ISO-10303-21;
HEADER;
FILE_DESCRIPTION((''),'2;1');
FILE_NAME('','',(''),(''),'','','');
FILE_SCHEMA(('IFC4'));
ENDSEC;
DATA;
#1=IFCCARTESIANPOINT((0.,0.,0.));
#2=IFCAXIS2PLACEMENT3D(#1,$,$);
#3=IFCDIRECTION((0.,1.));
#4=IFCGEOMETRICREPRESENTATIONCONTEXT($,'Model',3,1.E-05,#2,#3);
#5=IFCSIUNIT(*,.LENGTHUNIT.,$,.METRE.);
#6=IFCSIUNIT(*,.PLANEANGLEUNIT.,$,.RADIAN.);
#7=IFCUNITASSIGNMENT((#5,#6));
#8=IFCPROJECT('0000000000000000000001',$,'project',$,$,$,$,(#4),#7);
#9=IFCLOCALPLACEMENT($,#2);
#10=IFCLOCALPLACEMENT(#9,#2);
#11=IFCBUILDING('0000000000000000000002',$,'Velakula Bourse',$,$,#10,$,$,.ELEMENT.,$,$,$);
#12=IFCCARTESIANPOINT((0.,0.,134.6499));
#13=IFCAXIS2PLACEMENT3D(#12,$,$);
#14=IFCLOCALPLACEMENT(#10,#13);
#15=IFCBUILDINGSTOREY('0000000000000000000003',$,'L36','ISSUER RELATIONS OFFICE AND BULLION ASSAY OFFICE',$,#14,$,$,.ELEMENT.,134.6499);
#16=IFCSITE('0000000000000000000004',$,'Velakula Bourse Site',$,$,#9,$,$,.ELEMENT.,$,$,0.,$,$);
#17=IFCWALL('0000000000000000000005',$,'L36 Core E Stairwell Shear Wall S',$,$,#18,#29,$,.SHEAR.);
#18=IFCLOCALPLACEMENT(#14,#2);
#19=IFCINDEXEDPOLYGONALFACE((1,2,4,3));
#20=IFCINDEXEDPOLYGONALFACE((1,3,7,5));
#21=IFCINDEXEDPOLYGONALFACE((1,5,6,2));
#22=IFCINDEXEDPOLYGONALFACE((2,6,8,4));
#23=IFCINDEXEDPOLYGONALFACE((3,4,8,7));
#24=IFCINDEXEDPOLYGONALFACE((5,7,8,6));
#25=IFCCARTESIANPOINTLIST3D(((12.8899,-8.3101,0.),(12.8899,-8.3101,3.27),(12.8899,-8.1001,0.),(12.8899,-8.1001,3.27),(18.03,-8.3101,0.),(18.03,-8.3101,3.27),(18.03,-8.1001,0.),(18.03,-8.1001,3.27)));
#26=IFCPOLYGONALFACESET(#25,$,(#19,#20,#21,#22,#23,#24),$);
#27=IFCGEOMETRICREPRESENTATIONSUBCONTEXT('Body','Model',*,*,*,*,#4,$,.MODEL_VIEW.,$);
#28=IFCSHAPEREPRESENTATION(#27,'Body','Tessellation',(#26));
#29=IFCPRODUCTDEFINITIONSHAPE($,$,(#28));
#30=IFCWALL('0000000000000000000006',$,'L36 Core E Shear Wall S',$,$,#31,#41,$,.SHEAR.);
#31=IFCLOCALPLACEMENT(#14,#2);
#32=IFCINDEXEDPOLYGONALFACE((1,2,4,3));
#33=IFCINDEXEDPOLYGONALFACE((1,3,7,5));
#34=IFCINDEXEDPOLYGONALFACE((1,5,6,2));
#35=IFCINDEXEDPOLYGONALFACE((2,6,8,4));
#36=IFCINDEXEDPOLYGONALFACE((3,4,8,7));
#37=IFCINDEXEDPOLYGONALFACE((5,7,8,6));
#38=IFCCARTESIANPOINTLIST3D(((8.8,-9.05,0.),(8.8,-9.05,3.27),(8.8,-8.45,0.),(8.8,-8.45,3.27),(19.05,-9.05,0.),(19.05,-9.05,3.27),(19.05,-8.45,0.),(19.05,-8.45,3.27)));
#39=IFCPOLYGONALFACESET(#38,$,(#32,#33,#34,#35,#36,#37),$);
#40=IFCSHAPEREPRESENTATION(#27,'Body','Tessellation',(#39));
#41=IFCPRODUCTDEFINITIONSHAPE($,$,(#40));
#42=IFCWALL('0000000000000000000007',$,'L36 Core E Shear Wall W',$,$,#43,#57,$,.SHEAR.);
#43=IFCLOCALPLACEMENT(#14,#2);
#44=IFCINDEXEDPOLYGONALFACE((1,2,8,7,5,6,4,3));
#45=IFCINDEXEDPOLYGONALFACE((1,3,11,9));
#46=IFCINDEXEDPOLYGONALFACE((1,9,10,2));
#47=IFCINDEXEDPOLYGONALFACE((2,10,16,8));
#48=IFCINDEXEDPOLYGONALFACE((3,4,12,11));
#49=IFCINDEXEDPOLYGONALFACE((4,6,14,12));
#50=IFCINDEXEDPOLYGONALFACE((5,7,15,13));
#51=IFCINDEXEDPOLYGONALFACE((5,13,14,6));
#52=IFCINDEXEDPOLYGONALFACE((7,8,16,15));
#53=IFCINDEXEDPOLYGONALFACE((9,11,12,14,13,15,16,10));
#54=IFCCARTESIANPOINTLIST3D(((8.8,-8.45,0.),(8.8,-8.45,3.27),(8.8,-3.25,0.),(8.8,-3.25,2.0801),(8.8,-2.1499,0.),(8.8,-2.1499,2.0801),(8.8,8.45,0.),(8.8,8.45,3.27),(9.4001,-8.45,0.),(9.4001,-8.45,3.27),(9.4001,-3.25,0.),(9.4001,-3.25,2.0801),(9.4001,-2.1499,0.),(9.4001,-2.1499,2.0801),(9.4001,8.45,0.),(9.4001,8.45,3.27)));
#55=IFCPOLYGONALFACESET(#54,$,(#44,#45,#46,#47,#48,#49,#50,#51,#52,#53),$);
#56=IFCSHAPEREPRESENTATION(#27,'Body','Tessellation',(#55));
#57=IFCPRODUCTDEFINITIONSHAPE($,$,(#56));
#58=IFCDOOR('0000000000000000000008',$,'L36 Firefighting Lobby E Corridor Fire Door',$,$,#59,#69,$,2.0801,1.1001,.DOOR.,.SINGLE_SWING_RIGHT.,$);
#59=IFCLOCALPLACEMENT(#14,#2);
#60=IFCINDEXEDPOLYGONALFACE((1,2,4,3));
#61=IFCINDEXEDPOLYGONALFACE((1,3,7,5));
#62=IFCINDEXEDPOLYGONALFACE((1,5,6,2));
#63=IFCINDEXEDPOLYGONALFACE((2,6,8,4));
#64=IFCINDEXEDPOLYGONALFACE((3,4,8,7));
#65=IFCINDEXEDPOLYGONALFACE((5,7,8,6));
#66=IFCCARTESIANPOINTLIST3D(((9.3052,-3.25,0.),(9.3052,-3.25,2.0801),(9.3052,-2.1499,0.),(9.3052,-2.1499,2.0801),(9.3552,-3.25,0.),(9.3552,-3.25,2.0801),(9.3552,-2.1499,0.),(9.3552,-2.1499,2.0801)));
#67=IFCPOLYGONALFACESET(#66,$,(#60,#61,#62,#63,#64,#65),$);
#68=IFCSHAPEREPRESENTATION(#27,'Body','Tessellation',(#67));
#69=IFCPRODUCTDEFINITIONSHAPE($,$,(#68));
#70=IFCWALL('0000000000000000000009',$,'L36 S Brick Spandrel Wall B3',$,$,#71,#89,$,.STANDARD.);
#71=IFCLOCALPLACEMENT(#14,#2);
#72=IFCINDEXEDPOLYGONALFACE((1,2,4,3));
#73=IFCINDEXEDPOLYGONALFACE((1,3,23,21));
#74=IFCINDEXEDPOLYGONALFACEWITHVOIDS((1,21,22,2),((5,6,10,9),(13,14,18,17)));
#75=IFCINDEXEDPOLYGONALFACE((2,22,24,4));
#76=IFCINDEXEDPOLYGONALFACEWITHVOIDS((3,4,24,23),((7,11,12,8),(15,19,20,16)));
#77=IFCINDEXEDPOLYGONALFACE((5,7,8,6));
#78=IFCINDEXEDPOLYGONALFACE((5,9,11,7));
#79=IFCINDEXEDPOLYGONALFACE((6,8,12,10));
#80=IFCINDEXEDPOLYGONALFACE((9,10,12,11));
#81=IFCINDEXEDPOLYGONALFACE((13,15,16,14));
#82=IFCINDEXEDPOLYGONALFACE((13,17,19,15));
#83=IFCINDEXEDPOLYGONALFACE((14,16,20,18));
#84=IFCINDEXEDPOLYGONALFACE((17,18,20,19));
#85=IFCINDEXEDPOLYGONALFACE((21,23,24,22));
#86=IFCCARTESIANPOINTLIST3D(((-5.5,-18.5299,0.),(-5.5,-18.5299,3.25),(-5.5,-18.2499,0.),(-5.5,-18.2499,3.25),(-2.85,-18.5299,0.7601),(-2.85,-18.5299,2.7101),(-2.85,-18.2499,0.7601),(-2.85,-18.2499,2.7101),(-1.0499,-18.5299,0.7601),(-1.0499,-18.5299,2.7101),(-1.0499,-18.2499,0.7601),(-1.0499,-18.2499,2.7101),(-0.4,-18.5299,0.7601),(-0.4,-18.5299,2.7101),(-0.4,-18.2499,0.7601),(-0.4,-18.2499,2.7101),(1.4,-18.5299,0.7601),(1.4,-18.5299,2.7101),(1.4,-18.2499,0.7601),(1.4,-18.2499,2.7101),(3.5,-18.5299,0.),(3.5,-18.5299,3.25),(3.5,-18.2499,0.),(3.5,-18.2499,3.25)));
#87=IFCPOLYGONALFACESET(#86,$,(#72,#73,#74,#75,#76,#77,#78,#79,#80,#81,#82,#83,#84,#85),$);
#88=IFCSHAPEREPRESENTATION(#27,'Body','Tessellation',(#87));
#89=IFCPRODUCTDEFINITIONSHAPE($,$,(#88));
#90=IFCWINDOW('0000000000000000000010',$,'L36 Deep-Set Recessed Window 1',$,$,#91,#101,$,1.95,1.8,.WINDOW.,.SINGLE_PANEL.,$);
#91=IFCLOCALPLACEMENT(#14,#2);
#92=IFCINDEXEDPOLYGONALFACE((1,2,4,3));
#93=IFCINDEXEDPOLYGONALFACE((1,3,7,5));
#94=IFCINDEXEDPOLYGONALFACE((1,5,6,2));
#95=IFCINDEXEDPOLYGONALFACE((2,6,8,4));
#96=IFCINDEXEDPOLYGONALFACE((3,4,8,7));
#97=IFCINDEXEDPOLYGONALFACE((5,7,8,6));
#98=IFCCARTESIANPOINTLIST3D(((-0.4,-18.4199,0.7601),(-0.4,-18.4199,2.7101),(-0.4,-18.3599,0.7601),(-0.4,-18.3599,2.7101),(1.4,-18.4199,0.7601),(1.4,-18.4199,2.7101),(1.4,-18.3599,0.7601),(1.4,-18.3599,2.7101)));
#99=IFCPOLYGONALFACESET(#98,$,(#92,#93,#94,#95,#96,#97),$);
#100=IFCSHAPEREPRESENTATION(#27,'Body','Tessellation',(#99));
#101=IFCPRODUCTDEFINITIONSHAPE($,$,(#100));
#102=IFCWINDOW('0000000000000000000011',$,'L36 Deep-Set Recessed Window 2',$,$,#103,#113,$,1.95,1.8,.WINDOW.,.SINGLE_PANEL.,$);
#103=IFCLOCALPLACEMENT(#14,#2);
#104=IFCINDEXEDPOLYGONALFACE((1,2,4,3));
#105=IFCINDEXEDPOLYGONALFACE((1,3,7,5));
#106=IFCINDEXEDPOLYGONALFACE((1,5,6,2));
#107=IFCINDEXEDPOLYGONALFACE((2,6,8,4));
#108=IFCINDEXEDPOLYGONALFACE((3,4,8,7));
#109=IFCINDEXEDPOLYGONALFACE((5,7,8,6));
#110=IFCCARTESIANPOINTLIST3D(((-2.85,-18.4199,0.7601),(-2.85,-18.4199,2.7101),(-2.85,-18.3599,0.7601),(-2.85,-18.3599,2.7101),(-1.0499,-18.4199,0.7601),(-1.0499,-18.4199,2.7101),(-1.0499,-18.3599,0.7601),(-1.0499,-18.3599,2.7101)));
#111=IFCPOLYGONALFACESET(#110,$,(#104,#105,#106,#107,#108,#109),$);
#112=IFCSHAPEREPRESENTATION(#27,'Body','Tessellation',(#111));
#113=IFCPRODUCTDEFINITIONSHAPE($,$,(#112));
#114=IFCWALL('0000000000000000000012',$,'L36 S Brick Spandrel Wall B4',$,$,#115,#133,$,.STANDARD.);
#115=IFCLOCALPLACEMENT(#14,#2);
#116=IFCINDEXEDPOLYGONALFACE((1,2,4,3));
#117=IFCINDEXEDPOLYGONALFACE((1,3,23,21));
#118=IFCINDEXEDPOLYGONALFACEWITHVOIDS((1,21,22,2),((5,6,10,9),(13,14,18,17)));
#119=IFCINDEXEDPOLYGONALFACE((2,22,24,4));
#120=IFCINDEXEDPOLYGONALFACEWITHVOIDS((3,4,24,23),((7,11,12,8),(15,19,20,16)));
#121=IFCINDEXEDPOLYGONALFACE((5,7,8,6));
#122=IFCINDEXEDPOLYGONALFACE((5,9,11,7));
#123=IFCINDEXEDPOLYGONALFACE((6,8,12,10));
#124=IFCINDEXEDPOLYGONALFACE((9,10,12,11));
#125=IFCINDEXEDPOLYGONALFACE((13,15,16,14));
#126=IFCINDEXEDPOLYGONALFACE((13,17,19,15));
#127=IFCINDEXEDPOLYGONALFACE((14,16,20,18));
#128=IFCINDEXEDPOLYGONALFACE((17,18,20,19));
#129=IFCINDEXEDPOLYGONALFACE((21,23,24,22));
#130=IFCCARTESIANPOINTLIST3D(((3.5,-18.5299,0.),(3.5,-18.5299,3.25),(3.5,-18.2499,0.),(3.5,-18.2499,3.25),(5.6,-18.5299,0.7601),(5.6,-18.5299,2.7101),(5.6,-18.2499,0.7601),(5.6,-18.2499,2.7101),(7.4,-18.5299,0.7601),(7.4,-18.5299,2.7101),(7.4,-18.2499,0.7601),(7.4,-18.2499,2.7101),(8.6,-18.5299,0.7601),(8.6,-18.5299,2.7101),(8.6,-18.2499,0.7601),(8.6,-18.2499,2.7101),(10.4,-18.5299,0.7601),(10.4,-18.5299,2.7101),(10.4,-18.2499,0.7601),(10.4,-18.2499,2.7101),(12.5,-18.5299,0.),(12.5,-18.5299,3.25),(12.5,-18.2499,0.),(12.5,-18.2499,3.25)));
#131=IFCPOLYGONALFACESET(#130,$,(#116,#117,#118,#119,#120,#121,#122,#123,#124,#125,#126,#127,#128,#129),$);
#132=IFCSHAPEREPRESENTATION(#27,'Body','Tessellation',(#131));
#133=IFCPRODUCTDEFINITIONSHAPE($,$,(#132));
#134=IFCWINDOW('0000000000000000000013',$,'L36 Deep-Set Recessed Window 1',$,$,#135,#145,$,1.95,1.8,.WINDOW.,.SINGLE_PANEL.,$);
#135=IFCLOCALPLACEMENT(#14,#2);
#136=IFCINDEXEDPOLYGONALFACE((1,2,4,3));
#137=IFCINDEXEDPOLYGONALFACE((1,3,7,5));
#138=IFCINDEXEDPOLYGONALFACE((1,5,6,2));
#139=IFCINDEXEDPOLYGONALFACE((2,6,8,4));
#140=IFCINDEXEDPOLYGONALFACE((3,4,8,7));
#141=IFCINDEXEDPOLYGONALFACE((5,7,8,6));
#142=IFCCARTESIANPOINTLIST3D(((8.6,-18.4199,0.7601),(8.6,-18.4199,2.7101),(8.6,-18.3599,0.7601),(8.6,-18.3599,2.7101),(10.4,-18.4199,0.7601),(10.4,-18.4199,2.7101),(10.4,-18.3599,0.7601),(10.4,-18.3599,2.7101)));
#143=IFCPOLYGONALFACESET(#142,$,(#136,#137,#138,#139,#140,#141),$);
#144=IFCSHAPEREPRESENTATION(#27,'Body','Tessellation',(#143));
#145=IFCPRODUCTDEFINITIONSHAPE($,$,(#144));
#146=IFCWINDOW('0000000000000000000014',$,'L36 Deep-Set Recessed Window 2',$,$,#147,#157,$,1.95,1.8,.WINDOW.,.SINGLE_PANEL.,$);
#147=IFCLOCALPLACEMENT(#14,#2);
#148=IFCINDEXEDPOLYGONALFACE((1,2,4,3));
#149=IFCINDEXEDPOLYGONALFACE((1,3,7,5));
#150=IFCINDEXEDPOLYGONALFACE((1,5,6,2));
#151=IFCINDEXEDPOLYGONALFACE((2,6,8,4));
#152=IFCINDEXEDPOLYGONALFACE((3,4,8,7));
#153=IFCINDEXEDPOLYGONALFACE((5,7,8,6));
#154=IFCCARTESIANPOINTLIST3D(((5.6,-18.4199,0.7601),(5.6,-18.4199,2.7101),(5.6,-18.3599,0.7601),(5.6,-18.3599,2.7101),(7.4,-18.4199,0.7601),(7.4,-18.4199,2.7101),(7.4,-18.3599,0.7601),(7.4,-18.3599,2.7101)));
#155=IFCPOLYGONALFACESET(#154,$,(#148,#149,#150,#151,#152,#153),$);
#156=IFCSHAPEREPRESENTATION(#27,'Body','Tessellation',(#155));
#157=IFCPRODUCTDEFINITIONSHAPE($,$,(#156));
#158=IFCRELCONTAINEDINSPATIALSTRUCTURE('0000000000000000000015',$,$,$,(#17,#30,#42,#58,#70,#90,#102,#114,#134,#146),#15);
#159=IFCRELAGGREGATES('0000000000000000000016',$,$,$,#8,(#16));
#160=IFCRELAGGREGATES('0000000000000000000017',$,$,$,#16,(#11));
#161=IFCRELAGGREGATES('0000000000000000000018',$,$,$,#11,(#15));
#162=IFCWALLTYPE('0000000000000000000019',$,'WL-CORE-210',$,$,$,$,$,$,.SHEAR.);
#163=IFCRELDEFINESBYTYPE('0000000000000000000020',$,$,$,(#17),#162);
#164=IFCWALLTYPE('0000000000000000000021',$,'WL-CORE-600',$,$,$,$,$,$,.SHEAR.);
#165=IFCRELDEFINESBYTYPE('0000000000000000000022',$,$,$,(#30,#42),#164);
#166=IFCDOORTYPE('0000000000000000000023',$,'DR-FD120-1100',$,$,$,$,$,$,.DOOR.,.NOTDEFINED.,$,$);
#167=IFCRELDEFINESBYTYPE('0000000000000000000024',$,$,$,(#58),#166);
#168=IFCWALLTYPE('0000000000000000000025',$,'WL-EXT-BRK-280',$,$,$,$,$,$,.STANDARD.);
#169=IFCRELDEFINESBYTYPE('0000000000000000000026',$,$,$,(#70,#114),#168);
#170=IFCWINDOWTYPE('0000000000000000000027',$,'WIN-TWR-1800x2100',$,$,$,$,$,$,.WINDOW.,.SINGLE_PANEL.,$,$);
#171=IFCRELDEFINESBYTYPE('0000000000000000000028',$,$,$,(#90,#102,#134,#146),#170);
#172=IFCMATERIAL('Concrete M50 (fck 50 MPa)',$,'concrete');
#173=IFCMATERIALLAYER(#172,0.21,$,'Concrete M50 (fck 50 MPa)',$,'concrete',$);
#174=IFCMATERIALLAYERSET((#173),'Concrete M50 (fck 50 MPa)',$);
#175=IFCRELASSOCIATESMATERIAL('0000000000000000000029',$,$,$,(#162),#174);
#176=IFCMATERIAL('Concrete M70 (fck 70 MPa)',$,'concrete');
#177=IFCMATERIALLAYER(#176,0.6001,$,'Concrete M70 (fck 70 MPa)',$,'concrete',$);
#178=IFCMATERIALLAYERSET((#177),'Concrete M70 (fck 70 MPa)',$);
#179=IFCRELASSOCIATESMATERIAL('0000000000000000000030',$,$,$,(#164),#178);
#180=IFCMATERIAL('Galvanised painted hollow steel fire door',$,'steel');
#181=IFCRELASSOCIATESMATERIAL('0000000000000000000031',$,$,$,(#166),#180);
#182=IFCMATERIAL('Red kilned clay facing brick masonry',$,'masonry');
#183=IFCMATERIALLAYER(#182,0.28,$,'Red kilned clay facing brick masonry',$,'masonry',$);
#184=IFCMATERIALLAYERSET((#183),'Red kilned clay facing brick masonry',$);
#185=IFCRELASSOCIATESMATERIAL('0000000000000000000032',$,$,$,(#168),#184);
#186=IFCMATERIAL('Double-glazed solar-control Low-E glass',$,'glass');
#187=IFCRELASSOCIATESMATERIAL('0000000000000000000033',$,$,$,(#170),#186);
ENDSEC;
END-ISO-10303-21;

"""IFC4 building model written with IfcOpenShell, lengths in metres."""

from ifc_helpers import new_model, si_unit, direction, frame, frame_2d, origin, place, context, subcontext, project, spatial, rectangle, extrude, material, layer, layer_set, type_object, element, fill, save


model = new_model("IFC4")

# Units and contexts
model_context = context("Model", 3, precision=1e-05, world=origin(), true_north=direction((0.0, 1.0)))
body_context = subcontext(model_context, "Body", "Model", "MODEL_VIEW")
ifc_project = project(units=[si_unit("LENGTHUNIT", "METRE"), si_unit("PLANEANGLEUNIT", "RADIAN")], contexts=[model_context])

# Site, building, storey
site_placement = place(None, origin())
site = spatial("IfcSite", under=ifc_project, at=site_placement, Name="Velakula Bourse Site", CompositionType="ELEMENT", RefElevation=0.0)
building_placement = place(site_placement, origin())
building = spatial("IfcBuilding", under=site, at=building_placement, Name="Velakula Bourse", CompositionType="ELEMENT")
storey_placement = place(building_placement, frame((0.0, 0.0, 134.6499)))
storey = spatial("IfcBuildingStorey", under=building, at=storey_placement, Name="L36", Description="ISSUER RELATIONS OFFICE AND BULLION ASSAY OFFICE", CompositionType="ELEMENT", Elevation=134.6499)

# Shared definitions
ifc_material_1 = material(Name="Concrete M70 (fck 70 MPa)", Category="concrete")

# Walls
ifc_material_2 = material(Name="Concrete M50 (fck 50 MPa)", Category="concrete")
ifc_layer_1 = layer(ifc_material_2, 0.21, Name="Concrete M50 (fck 50 MPa)", Category="concrete")
ifc_layer_set_1 = layer_set([ifc_layer_1], Name="Concrete M50 (fck 50 MPa)")
wall_type_1 = type_object("IfcWallType", Name="WL-CORE-210", PredefinedType="SHEAR", material=ifc_layer_set_1)
wall_1_placement = place(storey_placement, frame((12.8899, -8.2051, 0.0), z_axis=(0.0, 0.0, 1.0), x_axis=(1.0, 0.0, 0.0)))
element("IfcWall", 1, at=wall_1_placement, inside=storey, type_object=wall_type_1, Name="L36 Core E Stairwell Shear Wall S", PredefinedType="SHEAR", context=body_context, shape_type="SweptSolid", body=[
    extrude(rectangle(XDim=5.1401, YDim=0.21, at=frame_2d((2.5701, 0.0))), origin(), (0.0, 0.0, 1.0), 3.27),
])
ifc_layer_2 = layer(ifc_material_1, 0.6001, Name="Concrete M70 (fck 70 MPa)", Category="concrete")
ifc_layer_set_2 = layer_set([ifc_layer_2], Name="Concrete M70 (fck 70 MPa)")
wall_type_2 = type_object("IfcWallType", Name="WL-CORE-600", PredefinedType="SHEAR", material=ifc_layer_set_2)
wall_2_placement = place(storey_placement, frame((8.8, -8.75, 0.0), z_axis=(0.0, 0.0, 1.0), x_axis=(1.0, 0.0, 0.0)))
element("IfcWall", 2, at=wall_2_placement, inside=storey, type_object=wall_type_2, Name="L36 Core E Shear Wall S", PredefinedType="SHEAR", context=body_context, shape_type="SweptSolid", body=[
    extrude(rectangle(XDim=10.25, YDim=0.6001, at=frame_2d((5.125, 0.0))), origin(), (0.0, 0.0, 1.0), 3.27),
])

# Wall, opening, door
wall_3_placement = place(storey_placement, frame((9.1001, -8.45, 0.0), z_axis=(0.0, 0.0, 1.0), x_axis=(0.0, 1.0, 0.0)))
wall_3 = element("IfcWall", 3, at=wall_3_placement, inside=storey, type_object=wall_type_2, Name="L36 Core E Shear Wall W", PredefinedType="SHEAR", context=body_context, shape_type="SweptSolid", body=[
    extrude(rectangle(XDim=16.8999, YDim=0.6001, at=frame_2d((8.45, 0.0))), origin(), (0.0, 0.0, 1.0), 3.27),
])
opening_1_placement = place(wall_3_placement, frame((5.2, 0.0, 0.0)))
opening_1 = element("IfcOpeningElement", 4, at=opening_1_placement, cuts=wall_3, PredefinedType="OPENING", context=body_context, shape_type="SweptSolid", body=[
    extrude(rectangle(XDim=1.1001, YDim=2.0801, at=frame_2d((0.55, 1.04))), frame((0.0, 0.3101, 0.0), z_axis=(0.0, -1.0, 0.0), x_axis=(1.0, 0.0, 0.0)), (0.0, 0.0, 1.0), 0.6201),
])
ifc_material_3 = material(Name="Galvanised painted hollow steel fire door", Category="steel")
door_type = type_object("IfcDoorType", Name="DR-FD120-1100", OperationType="NOTDEFINED", PredefinedType="DOOR", material=ifc_material_3)
door_placement = place(opening_1_placement, origin())
door = element("IfcDoor", 5, at=door_placement, inside=storey, type_object=door_type, Name="L36 Firefighting Lobby E Corridor Fire Door", OperationType="SINGLE_SWING_RIGHT", OverallHeight=2.0801, OverallWidth=1.1001, PredefinedType="DOOR", context=body_context, shape_type="SweptSolid", body=[
    extrude(rectangle(XDim=1.1001, YDim=2.0801, at=frame_2d((0.55, 1.04))), frame((0.0, -0.2051, 0.0), z_axis=(0.0, -1.0, 0.0), x_axis=(1.0, 0.0, 0.0)), (0.0, 0.0, 1.0), 0.05),
])
fill(opening_1, door)

# Walls, openings, windows
ifc_material_4 = material(Name="Red kilned clay facing brick masonry", Category="masonry")
ifc_layer_3 = layer(ifc_material_4, 0.28, Name="Red kilned clay facing brick masonry", Category="masonry")
ifc_layer_set_3 = layer_set([ifc_layer_3], Name="Red kilned clay facing brick masonry")
wall_type_3 = type_object("IfcWallType", Name="WL-EXT-BRK-280", PredefinedType="STANDARD", material=ifc_layer_set_3)
wall_4_placement = place(storey_placement, frame((3.5, -18.3899, 0.0), z_axis=(0.0, 0.0, 1.0), x_axis=(-1.0, 0.0, 0.0)))
wall_4 = element("IfcWall", 6, at=wall_4_placement, inside=storey, type_object=wall_type_3, Name="L36 S Brick Spandrel Wall B3", PredefinedType="STANDARD", context=body_context, shape_type="SweptSolid", body=[
    extrude(rectangle(XDim=9.0, YDim=0.28, at=frame_2d((4.5, 0.0))), origin(), (0.0, 0.0, 1.0), 3.25),
])
opening_2_placement = place(wall_4_placement, frame((2.1001, 0.0, 0.76)))
opening_2 = element("IfcOpeningElement", 7, at=opening_2_placement, cuts=wall_4, PredefinedType="OPENING", context=body_context, shape_type="SweptSolid", body=[
    extrude(rectangle(XDim=1.8, YDim=1.95, at=frame_2d((0.8999, 0.9751))), frame((0.0, 0.1499, 0.0), z_axis=(0.0, -1.0, 0.0), x_axis=(1.0, 0.0, 0.0)), (0.0, 0.0, 1.0), 0.3),
])
opening_3_placement = place(wall_4_placement, frame((4.55, 0.0, 0.76)))
opening_3 = element("IfcOpeningElement", 8, at=opening_3_placement, cuts=wall_4, PredefinedType="OPENING", context=body_context, shape_type="SweptSolid", body=[
    extrude(rectangle(XDim=1.8, YDim=1.95, at=frame_2d((0.8999, 0.9751))), frame((0.0, 0.1499, 0.0), z_axis=(0.0, -1.0, 0.0), x_axis=(1.0, 0.0, 0.0)), (0.0, 0.0, 1.0), 0.3),
])
ifc_material_5 = material(Name="Double-glazed solar-control Low-E glass", Category="glass")
window_type = type_object("IfcWindowType", Name="WIN-TWR-1800x2100", PartitioningType="SINGLE_PANEL", PredefinedType="WINDOW", material=ifc_material_5)
window_1_placement = place(opening_2_placement, origin())
window_1 = element("IfcWindow", 9, at=window_1_placement, inside=storey, type_object=window_type, Name="L36 Deep-Set Recessed Window 1", OverallHeight=1.95, OverallWidth=1.8, PartitioningType="SINGLE_PANEL", PredefinedType="WINDOW", context=body_context, shape_type="SweptSolid", body=[
    extrude(rectangle(XDim=1.8, YDim=1.95, at=frame_2d((0.8999, 0.9751))), frame((0.0, 0.03, 0.0), z_axis=(0.0, -1.0, 0.0), x_axis=(1.0, 0.0, 0.0)), (0.0, 0.0, 1.0), 0.0601),
])
fill(opening_2, window_1)
window_2_placement = place(opening_3_placement, origin())
window_2 = element("IfcWindow", 10, at=window_2_placement, inside=storey, type_object=window_type, Name="L36 Deep-Set Recessed Window 2", OverallHeight=1.95, OverallWidth=1.8, PartitioningType="SINGLE_PANEL", PredefinedType="WINDOW", context=body_context, shape_type="SweptSolid", body=[
    extrude(rectangle(XDim=1.8, YDim=1.95, at=frame_2d((0.8999, 0.9751))), frame((0.0, 0.03, 0.0), z_axis=(0.0, -1.0, 0.0), x_axis=(1.0, 0.0, 0.0)), (0.0, 0.0, 1.0), 0.0601),
])
fill(opening_3, window_2)
wall_5_placement = place(storey_placement, frame((12.5, -18.3899, 0.0), z_axis=(0.0, 0.0, 1.0), x_axis=(-1.0, 0.0, 0.0)))
wall_5 = element("IfcWall", 11, at=wall_5_placement, inside=storey, type_object=wall_type_3, Name="L36 S Brick Spandrel Wall B4", PredefinedType="STANDARD", context=body_context, shape_type="SweptSolid", body=[
    extrude(rectangle(XDim=9.0, YDim=0.28, at=frame_2d((4.5, 0.0))), origin(), (0.0, 0.0, 1.0), 3.25),
])
opening_4_placement = place(wall_5_placement, frame((2.1001, 0.0, 0.76)))
opening_4 = element("IfcOpeningElement", 12, at=opening_4_placement, cuts=wall_5, PredefinedType="OPENING", context=body_context, shape_type="SweptSolid", body=[
    extrude(rectangle(XDim=1.8, YDim=1.95, at=frame_2d((0.8999, 0.9751))), frame((0.0, 0.1499, 0.0), z_axis=(0.0, -1.0, 0.0), x_axis=(1.0, 0.0, 0.0)), (0.0, 0.0, 1.0), 0.3),
])
opening_5_placement = place(wall_5_placement, frame((5.1001, 0.0, 0.76)))
opening_5 = element("IfcOpeningElement", 13, at=opening_5_placement, cuts=wall_5, PredefinedType="OPENING", context=body_context, shape_type="SweptSolid", body=[
    extrude(rectangle(XDim=1.8, YDim=1.95, at=frame_2d((0.8999, 0.9751))), frame((0.0, 0.1499, 0.0), z_axis=(0.0, -1.0, 0.0), x_axis=(1.0, 0.0, 0.0)), (0.0, 0.0, 1.0), 0.3),
])
window_3_placement = place(opening_4_placement, origin())
window_3 = element("IfcWindow", 14, at=window_3_placement, inside=storey, type_object=window_type, Name="L36 Deep-Set Recessed Window 1", OverallHeight=1.95, OverallWidth=1.8, PartitioningType="SINGLE_PANEL", PredefinedType="WINDOW", context=body_context, shape_type="SweptSolid", body=[
    extrude(rectangle(XDim=1.8, YDim=1.95, at=frame_2d((0.8999, 0.9751))), frame((0.0, 0.03, 0.0), z_axis=(0.0, -1.0, 0.0), x_axis=(1.0, 0.0, 0.0)), (0.0, 0.0, 1.0), 0.0601),
])
fill(opening_4, window_3)
window_4_placement = place(opening_5_placement, origin())
window_4 = element("IfcWindow", 15, at=window_4_placement, inside=storey, type_object=window_type, Name="L36 Deep-Set Recessed Window 2", OverallHeight=1.95, OverallWidth=1.8, PartitioningType="SINGLE_PANEL", PredefinedType="WINDOW", context=body_context, shape_type="SweptSolid", body=[
    extrude(rectangle(XDim=1.8, YDim=1.95, at=frame_2d((0.8999, 0.9751))), frame((0.0, 0.03, 0.0), z_axis=(0.0, -1.0, 0.0), x_axis=(1.0, 0.0, 0.0)), (0.0, 0.0, 1.0), 0.0601),
])
fill(opening_5, window_4)

save(model, "model.ifc")
